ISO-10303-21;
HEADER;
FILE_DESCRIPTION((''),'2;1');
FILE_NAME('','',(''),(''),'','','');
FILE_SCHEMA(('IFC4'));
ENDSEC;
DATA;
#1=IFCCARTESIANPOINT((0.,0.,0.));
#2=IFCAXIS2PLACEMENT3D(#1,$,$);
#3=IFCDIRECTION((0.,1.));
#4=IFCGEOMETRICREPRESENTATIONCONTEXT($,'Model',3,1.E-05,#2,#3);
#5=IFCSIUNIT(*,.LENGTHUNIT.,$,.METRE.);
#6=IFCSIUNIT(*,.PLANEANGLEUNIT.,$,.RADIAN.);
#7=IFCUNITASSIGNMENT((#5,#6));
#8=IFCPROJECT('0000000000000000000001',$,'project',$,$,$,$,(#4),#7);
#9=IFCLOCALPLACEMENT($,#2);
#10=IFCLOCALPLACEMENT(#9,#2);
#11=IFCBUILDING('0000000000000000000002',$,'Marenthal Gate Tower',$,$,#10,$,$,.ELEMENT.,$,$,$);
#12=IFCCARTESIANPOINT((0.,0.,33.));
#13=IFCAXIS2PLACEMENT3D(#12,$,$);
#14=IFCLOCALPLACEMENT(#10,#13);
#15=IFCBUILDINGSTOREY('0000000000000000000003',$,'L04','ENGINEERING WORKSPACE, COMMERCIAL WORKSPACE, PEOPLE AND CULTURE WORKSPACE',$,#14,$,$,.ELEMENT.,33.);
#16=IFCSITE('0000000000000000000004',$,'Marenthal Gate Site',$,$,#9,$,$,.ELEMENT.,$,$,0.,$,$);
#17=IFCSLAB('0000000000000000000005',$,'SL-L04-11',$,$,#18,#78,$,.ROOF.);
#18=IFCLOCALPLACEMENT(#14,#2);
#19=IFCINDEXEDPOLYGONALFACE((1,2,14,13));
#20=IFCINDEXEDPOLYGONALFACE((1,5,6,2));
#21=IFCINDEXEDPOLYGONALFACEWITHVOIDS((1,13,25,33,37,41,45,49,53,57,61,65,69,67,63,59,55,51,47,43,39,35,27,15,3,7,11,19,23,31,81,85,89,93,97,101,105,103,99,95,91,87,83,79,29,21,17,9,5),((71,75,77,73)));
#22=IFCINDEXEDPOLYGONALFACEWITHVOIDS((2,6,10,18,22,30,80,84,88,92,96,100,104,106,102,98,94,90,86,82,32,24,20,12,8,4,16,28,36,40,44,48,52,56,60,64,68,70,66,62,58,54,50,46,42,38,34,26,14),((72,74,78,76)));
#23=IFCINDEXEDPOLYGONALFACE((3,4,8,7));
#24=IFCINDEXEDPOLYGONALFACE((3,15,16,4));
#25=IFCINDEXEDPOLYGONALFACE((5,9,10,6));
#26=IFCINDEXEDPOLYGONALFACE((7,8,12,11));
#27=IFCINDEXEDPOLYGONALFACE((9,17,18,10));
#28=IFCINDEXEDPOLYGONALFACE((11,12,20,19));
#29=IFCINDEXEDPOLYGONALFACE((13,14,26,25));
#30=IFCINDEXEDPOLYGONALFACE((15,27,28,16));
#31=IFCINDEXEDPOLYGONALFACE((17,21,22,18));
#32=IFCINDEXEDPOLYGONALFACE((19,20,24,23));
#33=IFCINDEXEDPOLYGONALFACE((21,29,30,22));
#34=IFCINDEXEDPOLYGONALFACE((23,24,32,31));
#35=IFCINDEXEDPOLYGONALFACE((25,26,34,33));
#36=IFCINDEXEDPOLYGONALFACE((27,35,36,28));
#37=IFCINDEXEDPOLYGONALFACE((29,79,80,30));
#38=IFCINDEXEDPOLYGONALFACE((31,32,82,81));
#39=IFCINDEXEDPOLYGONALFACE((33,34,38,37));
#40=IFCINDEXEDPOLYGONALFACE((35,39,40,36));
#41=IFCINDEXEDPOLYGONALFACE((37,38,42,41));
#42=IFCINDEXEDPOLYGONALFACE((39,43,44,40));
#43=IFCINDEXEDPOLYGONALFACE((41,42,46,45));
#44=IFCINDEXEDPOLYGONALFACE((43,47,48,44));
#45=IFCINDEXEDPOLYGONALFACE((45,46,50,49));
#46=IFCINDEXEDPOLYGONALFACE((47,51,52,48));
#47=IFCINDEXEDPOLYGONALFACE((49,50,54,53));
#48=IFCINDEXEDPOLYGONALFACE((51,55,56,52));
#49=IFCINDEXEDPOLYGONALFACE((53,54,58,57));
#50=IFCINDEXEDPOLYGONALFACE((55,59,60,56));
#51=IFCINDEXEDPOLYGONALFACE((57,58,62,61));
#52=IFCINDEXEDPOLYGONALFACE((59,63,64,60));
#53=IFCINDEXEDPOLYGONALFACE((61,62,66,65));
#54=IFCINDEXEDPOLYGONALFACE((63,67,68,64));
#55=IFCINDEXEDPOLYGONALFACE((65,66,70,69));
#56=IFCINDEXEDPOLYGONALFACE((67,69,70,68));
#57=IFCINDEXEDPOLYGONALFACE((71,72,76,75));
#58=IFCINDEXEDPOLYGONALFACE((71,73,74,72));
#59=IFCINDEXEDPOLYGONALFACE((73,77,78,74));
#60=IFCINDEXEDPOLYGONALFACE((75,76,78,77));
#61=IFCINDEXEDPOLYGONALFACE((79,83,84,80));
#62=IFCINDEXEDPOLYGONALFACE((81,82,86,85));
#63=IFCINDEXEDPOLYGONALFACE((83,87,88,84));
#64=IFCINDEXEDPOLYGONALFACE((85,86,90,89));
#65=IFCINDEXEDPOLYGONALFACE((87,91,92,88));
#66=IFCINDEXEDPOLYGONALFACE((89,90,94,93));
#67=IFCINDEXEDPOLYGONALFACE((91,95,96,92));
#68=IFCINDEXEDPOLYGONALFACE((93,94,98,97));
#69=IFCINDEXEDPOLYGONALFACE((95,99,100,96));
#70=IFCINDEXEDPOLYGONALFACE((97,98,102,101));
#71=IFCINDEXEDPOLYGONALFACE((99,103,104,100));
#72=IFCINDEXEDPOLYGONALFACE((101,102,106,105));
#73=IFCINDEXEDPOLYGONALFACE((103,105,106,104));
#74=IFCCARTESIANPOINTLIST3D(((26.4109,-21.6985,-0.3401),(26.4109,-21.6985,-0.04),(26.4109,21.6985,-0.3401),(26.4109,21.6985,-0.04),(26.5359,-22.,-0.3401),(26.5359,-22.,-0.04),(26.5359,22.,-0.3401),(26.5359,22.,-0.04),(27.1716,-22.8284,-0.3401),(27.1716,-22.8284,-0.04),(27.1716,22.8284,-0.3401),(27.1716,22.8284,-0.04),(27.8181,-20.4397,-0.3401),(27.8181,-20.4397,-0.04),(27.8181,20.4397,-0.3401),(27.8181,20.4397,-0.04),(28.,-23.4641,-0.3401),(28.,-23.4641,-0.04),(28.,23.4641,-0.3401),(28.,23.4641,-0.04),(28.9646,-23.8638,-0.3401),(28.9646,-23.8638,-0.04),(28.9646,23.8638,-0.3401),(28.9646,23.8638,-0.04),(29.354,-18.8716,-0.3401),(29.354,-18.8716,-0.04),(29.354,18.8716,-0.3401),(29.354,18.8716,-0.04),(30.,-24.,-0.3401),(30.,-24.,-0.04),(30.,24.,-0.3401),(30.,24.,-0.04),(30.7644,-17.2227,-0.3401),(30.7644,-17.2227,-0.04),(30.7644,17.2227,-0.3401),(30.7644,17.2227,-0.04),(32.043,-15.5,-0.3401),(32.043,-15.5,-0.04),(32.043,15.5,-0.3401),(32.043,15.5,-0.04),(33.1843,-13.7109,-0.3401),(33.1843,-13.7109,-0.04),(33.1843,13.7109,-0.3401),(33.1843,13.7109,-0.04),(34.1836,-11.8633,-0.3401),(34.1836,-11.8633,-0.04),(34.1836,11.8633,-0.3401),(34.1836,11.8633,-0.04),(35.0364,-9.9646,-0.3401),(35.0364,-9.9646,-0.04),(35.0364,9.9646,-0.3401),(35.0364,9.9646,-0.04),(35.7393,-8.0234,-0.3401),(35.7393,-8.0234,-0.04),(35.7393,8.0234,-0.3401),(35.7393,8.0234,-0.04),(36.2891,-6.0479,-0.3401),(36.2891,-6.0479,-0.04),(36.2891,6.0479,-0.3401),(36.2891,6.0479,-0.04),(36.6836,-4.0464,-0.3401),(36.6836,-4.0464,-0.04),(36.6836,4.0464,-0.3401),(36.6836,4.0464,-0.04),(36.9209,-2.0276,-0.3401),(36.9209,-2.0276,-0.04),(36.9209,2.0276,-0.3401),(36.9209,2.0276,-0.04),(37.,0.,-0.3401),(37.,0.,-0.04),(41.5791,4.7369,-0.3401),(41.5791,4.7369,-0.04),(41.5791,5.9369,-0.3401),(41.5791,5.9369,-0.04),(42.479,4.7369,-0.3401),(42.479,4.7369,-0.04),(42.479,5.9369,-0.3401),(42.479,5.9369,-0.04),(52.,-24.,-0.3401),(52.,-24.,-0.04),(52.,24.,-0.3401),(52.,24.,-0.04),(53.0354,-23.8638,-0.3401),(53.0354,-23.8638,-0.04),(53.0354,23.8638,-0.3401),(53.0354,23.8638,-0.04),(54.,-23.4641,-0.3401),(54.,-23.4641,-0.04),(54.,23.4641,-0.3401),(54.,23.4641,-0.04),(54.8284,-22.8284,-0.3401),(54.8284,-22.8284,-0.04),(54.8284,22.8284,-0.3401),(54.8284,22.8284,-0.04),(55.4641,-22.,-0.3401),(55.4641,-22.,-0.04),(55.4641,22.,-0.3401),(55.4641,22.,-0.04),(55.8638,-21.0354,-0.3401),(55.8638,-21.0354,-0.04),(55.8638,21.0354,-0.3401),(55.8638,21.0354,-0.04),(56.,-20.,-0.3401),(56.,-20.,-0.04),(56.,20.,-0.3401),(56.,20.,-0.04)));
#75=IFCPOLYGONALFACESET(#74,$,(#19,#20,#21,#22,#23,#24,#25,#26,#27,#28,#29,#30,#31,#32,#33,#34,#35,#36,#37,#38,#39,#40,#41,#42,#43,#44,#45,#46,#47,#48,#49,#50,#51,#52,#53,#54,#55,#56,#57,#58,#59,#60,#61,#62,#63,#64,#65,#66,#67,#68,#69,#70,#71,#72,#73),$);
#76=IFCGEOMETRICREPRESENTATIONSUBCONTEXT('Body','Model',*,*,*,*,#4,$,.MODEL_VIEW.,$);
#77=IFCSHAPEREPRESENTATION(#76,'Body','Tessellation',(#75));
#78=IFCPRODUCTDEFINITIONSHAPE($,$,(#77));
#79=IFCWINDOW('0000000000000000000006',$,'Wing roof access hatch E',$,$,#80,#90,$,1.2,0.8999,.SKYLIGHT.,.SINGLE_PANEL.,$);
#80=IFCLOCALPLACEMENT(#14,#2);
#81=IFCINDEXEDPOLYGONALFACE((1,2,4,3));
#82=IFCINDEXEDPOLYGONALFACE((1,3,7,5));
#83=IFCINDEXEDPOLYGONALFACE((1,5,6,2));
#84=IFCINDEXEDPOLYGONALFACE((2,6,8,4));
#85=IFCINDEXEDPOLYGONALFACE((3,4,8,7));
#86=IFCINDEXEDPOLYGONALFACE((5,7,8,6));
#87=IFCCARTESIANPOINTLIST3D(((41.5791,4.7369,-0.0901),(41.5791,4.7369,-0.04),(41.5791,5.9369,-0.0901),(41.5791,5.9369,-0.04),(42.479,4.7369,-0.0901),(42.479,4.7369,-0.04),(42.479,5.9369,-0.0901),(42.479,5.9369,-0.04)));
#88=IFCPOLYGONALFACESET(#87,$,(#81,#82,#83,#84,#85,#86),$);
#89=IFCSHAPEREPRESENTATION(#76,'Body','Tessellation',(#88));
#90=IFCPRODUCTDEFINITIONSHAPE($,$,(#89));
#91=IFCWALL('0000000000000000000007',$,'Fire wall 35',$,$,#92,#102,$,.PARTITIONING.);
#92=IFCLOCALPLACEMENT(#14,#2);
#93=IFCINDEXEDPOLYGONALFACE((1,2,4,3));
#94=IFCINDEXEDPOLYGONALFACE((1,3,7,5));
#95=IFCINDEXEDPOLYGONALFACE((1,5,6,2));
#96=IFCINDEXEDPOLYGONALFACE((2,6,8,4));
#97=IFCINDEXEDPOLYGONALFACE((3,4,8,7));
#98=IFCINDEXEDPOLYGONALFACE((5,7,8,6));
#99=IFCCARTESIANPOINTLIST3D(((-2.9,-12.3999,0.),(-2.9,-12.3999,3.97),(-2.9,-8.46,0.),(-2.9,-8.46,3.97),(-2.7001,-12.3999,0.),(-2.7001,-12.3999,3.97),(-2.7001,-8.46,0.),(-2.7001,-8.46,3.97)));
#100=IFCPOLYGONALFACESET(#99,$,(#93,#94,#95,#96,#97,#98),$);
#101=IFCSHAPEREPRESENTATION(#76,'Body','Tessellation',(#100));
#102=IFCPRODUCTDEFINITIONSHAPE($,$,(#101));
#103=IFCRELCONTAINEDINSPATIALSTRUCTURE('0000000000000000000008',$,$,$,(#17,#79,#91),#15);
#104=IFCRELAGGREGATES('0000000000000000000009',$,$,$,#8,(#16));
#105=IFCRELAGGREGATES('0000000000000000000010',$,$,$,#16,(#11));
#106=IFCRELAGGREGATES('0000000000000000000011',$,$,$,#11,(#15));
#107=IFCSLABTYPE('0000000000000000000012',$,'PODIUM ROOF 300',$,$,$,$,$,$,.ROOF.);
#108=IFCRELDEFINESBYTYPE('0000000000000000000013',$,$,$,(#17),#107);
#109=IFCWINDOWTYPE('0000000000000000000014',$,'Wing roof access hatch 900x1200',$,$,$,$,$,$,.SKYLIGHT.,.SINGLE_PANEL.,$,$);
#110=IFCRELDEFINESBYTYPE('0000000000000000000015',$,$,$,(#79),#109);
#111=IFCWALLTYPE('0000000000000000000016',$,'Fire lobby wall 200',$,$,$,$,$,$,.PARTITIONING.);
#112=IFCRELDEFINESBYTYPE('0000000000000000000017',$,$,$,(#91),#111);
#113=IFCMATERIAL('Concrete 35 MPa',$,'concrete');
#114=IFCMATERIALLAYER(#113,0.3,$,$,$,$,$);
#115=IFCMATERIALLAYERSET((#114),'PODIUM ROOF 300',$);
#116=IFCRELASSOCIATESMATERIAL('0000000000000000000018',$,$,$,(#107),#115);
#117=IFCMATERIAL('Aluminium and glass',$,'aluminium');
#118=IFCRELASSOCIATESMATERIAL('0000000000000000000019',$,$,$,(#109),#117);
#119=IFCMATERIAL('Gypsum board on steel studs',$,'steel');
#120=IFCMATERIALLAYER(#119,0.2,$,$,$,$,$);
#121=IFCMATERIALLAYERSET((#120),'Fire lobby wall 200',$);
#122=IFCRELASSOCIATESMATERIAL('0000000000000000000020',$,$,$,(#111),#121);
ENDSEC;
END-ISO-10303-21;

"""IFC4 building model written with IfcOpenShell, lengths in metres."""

from ifc_helpers import new_model, si_unit, direction, frame, frame_2d, origin, origin_2d, place, context, subcontext, project, spatial, polyline, rectangle, outline, extrude, material, layer, layer_set, type_object, element, fill, save


model = new_model("IFC4")

# Units and contexts
model_context = context("Model", 3, precision=1e-05, world=origin(), true_north=direction((0.0, 1.0)))
body_context = subcontext(model_context, "Body", "Model", "MODEL_VIEW")
ifc_project = project(units=[si_unit("LENGTHUNIT", "METRE"), si_unit("PLANEANGLEUNIT", "RADIAN")], contexts=[model_context])

# Site, building, storey
site_placement = place(None, origin())
site = spatial("IfcSite", under=ifc_project, at=site_placement, Name="Marenthal Gate Site", CompositionType="ELEMENT", RefElevation=0.0)
building_placement = place(site_placement, origin())
building = spatial("IfcBuilding", under=site, at=building_placement, Name="Marenthal Gate Tower", CompositionType="ELEMENT")
storey_placement = place(building_placement, frame((0.0, 0.0, 33.0)))
storey = spatial("IfcBuildingStorey", under=building, at=storey_placement, Name="L04", Description="ENGINEERING WORKSPACE, COMMERCIAL WORKSPACE, PEOPLE AND CULTURE WORKSPACE", CompositionType="ELEMENT", Elevation=33.0)

# Slab, opening, window
ifc_material_1 = material(Name="Concrete 35 MPa", Category="concrete")
ifc_layer_1 = layer(ifc_material_1, 0.3)
ifc_layer_set_1 = layer_set([ifc_layer_1], Name="PODIUM ROOF 300")
slab_type = type_object("IfcSlabType", Name="PODIUM ROOF 300", PredefinedType="ROOF", material=ifc_layer_set_1)
slab_placement = place(storey_placement, frame((0.0, 0.0, -0.3401)))
slab = element("IfcSlab", 1, at=slab_placement, inside=storey, type_object=slab_type, Name="SL-L04-11", PredefinedType="ROOF", context=body_context, shape_type="SweptSolid", body=[
    extrude(outline(polyline([(27.1716, 22.8284), (28.0, 23.4641), (28.9646, 23.8638), (30.0, 24.0), (52.0, 24.0), (53.0354, 23.8638), (54.0, 23.4641), (54.8284, 22.8284), (55.4641, 22.0), (55.8638, 21.0354), (56.0, 20.0), (56.0, -20.0), (55.8638, -21.0354), (55.4641, -22.0), (54.8284, -22.8284), (54.0, -23.4641), (53.0354, -23.8638), (52.0, -24.0), (30.0, -24.0), (28.9646, -23.8638), (28.0, -23.4641), (27.1716, -22.8284), (26.5359, -22.0), (26.4109, -21.6985), (27.8181, -20.4397), (29.354, -18.8716), (30.7644, -17.2227), (32.043, -15.5), (33.1843, -13.7109), (34.1836, -11.8633), (35.0364, -9.9646), (35.7393, -8.0234), (36.2891, -6.0479), (36.6836, -4.0464), (36.9209, -2.0276), (37.0, 0.0), (36.9209, 2.0276), (36.6836, 4.0464), (36.2891, 6.0479), (35.7393, 8.0234), (35.0364, 9.9646), (34.1836, 11.8633), (33.1843, 13.7109), (32.043, 15.5), (30.7644, 17.2227), (29.354, 18.8716), (27.8181, 20.4397), (26.4109, 21.6985), (26.5359, 22.0), (27.1716, 22.8284)])), origin(), (0.0, 0.0, 1.0), 0.3),
])
opening_1_placement = place(slab_placement, frame((42.0291, 5.3369, 0.0)))
opening_1 = element("IfcOpeningElement", 2, at=opening_1_placement, cuts=slab, PredefinedType="OPENING", context=body_context, shape_type="SweptSolid", body=[
    extrude(rectangle(XDim=0.8999, YDim=1.2, at=origin_2d()), origin(), (0.0, 0.0, 1.0), 0.3),
])
ifc_material_2 = material(Name="Aluminium and glass", Category="aluminium")
window_type = type_object("IfcWindowType", Name="Wing roof access hatch 900x1200", PartitioningType="SINGLE_PANEL", PredefinedType="SKYLIGHT", material=ifc_material_2)
window_placement = place(opening_1_placement, frame((0.0, 0.0, 0.25)))
window = element("IfcWindow", 3, at=window_placement, inside=storey, type_object=window_type, Name="Wing roof access hatch E", OverallHeight=1.2, OverallWidth=0.8999, PartitioningType="SINGLE_PANEL", PredefinedType="SKYLIGHT", context=body_context, shape_type="SweptSolid", body=[
    extrude(rectangle(XDim=0.8999, YDim=1.2, at=origin_2d()), origin(), (0.0, 0.0, 1.0), 0.05),
])
fill(opening_1, window)

# Wall
ifc_material_3 = material(Name="Gypsum board on steel studs", Category="steel")
ifc_layer_2 = layer(ifc_material_3, 0.2)
ifc_layer_set_2 = layer_set([ifc_layer_2], Name="Fire lobby wall 200")
wall_type_1 = type_object("IfcWallType", Name="Fire lobby wall 200", PredefinedType="PARTITIONING", material=ifc_layer_set_2)
wall_1_placement = place(storey_placement, frame((-2.8, -12.3999, 0.0), z_axis=(0.0, 0.0, 1.0), x_axis=(0.0, 1.0, 0.0)))
element("IfcWall", 4, at=wall_1_placement, inside=storey, type_object=wall_type_1, Name="Fire wall 35", PredefinedType="PARTITIONING", context=body_context, shape_type="SweptSolid", body=[
    extrude(rectangle(XDim=3.9399, YDim=0.2, at=frame_2d((1.97, 0.0))), origin(), (0.0, 0.0, 1.0), 3.97),
])

save(model, "model.ifc")
